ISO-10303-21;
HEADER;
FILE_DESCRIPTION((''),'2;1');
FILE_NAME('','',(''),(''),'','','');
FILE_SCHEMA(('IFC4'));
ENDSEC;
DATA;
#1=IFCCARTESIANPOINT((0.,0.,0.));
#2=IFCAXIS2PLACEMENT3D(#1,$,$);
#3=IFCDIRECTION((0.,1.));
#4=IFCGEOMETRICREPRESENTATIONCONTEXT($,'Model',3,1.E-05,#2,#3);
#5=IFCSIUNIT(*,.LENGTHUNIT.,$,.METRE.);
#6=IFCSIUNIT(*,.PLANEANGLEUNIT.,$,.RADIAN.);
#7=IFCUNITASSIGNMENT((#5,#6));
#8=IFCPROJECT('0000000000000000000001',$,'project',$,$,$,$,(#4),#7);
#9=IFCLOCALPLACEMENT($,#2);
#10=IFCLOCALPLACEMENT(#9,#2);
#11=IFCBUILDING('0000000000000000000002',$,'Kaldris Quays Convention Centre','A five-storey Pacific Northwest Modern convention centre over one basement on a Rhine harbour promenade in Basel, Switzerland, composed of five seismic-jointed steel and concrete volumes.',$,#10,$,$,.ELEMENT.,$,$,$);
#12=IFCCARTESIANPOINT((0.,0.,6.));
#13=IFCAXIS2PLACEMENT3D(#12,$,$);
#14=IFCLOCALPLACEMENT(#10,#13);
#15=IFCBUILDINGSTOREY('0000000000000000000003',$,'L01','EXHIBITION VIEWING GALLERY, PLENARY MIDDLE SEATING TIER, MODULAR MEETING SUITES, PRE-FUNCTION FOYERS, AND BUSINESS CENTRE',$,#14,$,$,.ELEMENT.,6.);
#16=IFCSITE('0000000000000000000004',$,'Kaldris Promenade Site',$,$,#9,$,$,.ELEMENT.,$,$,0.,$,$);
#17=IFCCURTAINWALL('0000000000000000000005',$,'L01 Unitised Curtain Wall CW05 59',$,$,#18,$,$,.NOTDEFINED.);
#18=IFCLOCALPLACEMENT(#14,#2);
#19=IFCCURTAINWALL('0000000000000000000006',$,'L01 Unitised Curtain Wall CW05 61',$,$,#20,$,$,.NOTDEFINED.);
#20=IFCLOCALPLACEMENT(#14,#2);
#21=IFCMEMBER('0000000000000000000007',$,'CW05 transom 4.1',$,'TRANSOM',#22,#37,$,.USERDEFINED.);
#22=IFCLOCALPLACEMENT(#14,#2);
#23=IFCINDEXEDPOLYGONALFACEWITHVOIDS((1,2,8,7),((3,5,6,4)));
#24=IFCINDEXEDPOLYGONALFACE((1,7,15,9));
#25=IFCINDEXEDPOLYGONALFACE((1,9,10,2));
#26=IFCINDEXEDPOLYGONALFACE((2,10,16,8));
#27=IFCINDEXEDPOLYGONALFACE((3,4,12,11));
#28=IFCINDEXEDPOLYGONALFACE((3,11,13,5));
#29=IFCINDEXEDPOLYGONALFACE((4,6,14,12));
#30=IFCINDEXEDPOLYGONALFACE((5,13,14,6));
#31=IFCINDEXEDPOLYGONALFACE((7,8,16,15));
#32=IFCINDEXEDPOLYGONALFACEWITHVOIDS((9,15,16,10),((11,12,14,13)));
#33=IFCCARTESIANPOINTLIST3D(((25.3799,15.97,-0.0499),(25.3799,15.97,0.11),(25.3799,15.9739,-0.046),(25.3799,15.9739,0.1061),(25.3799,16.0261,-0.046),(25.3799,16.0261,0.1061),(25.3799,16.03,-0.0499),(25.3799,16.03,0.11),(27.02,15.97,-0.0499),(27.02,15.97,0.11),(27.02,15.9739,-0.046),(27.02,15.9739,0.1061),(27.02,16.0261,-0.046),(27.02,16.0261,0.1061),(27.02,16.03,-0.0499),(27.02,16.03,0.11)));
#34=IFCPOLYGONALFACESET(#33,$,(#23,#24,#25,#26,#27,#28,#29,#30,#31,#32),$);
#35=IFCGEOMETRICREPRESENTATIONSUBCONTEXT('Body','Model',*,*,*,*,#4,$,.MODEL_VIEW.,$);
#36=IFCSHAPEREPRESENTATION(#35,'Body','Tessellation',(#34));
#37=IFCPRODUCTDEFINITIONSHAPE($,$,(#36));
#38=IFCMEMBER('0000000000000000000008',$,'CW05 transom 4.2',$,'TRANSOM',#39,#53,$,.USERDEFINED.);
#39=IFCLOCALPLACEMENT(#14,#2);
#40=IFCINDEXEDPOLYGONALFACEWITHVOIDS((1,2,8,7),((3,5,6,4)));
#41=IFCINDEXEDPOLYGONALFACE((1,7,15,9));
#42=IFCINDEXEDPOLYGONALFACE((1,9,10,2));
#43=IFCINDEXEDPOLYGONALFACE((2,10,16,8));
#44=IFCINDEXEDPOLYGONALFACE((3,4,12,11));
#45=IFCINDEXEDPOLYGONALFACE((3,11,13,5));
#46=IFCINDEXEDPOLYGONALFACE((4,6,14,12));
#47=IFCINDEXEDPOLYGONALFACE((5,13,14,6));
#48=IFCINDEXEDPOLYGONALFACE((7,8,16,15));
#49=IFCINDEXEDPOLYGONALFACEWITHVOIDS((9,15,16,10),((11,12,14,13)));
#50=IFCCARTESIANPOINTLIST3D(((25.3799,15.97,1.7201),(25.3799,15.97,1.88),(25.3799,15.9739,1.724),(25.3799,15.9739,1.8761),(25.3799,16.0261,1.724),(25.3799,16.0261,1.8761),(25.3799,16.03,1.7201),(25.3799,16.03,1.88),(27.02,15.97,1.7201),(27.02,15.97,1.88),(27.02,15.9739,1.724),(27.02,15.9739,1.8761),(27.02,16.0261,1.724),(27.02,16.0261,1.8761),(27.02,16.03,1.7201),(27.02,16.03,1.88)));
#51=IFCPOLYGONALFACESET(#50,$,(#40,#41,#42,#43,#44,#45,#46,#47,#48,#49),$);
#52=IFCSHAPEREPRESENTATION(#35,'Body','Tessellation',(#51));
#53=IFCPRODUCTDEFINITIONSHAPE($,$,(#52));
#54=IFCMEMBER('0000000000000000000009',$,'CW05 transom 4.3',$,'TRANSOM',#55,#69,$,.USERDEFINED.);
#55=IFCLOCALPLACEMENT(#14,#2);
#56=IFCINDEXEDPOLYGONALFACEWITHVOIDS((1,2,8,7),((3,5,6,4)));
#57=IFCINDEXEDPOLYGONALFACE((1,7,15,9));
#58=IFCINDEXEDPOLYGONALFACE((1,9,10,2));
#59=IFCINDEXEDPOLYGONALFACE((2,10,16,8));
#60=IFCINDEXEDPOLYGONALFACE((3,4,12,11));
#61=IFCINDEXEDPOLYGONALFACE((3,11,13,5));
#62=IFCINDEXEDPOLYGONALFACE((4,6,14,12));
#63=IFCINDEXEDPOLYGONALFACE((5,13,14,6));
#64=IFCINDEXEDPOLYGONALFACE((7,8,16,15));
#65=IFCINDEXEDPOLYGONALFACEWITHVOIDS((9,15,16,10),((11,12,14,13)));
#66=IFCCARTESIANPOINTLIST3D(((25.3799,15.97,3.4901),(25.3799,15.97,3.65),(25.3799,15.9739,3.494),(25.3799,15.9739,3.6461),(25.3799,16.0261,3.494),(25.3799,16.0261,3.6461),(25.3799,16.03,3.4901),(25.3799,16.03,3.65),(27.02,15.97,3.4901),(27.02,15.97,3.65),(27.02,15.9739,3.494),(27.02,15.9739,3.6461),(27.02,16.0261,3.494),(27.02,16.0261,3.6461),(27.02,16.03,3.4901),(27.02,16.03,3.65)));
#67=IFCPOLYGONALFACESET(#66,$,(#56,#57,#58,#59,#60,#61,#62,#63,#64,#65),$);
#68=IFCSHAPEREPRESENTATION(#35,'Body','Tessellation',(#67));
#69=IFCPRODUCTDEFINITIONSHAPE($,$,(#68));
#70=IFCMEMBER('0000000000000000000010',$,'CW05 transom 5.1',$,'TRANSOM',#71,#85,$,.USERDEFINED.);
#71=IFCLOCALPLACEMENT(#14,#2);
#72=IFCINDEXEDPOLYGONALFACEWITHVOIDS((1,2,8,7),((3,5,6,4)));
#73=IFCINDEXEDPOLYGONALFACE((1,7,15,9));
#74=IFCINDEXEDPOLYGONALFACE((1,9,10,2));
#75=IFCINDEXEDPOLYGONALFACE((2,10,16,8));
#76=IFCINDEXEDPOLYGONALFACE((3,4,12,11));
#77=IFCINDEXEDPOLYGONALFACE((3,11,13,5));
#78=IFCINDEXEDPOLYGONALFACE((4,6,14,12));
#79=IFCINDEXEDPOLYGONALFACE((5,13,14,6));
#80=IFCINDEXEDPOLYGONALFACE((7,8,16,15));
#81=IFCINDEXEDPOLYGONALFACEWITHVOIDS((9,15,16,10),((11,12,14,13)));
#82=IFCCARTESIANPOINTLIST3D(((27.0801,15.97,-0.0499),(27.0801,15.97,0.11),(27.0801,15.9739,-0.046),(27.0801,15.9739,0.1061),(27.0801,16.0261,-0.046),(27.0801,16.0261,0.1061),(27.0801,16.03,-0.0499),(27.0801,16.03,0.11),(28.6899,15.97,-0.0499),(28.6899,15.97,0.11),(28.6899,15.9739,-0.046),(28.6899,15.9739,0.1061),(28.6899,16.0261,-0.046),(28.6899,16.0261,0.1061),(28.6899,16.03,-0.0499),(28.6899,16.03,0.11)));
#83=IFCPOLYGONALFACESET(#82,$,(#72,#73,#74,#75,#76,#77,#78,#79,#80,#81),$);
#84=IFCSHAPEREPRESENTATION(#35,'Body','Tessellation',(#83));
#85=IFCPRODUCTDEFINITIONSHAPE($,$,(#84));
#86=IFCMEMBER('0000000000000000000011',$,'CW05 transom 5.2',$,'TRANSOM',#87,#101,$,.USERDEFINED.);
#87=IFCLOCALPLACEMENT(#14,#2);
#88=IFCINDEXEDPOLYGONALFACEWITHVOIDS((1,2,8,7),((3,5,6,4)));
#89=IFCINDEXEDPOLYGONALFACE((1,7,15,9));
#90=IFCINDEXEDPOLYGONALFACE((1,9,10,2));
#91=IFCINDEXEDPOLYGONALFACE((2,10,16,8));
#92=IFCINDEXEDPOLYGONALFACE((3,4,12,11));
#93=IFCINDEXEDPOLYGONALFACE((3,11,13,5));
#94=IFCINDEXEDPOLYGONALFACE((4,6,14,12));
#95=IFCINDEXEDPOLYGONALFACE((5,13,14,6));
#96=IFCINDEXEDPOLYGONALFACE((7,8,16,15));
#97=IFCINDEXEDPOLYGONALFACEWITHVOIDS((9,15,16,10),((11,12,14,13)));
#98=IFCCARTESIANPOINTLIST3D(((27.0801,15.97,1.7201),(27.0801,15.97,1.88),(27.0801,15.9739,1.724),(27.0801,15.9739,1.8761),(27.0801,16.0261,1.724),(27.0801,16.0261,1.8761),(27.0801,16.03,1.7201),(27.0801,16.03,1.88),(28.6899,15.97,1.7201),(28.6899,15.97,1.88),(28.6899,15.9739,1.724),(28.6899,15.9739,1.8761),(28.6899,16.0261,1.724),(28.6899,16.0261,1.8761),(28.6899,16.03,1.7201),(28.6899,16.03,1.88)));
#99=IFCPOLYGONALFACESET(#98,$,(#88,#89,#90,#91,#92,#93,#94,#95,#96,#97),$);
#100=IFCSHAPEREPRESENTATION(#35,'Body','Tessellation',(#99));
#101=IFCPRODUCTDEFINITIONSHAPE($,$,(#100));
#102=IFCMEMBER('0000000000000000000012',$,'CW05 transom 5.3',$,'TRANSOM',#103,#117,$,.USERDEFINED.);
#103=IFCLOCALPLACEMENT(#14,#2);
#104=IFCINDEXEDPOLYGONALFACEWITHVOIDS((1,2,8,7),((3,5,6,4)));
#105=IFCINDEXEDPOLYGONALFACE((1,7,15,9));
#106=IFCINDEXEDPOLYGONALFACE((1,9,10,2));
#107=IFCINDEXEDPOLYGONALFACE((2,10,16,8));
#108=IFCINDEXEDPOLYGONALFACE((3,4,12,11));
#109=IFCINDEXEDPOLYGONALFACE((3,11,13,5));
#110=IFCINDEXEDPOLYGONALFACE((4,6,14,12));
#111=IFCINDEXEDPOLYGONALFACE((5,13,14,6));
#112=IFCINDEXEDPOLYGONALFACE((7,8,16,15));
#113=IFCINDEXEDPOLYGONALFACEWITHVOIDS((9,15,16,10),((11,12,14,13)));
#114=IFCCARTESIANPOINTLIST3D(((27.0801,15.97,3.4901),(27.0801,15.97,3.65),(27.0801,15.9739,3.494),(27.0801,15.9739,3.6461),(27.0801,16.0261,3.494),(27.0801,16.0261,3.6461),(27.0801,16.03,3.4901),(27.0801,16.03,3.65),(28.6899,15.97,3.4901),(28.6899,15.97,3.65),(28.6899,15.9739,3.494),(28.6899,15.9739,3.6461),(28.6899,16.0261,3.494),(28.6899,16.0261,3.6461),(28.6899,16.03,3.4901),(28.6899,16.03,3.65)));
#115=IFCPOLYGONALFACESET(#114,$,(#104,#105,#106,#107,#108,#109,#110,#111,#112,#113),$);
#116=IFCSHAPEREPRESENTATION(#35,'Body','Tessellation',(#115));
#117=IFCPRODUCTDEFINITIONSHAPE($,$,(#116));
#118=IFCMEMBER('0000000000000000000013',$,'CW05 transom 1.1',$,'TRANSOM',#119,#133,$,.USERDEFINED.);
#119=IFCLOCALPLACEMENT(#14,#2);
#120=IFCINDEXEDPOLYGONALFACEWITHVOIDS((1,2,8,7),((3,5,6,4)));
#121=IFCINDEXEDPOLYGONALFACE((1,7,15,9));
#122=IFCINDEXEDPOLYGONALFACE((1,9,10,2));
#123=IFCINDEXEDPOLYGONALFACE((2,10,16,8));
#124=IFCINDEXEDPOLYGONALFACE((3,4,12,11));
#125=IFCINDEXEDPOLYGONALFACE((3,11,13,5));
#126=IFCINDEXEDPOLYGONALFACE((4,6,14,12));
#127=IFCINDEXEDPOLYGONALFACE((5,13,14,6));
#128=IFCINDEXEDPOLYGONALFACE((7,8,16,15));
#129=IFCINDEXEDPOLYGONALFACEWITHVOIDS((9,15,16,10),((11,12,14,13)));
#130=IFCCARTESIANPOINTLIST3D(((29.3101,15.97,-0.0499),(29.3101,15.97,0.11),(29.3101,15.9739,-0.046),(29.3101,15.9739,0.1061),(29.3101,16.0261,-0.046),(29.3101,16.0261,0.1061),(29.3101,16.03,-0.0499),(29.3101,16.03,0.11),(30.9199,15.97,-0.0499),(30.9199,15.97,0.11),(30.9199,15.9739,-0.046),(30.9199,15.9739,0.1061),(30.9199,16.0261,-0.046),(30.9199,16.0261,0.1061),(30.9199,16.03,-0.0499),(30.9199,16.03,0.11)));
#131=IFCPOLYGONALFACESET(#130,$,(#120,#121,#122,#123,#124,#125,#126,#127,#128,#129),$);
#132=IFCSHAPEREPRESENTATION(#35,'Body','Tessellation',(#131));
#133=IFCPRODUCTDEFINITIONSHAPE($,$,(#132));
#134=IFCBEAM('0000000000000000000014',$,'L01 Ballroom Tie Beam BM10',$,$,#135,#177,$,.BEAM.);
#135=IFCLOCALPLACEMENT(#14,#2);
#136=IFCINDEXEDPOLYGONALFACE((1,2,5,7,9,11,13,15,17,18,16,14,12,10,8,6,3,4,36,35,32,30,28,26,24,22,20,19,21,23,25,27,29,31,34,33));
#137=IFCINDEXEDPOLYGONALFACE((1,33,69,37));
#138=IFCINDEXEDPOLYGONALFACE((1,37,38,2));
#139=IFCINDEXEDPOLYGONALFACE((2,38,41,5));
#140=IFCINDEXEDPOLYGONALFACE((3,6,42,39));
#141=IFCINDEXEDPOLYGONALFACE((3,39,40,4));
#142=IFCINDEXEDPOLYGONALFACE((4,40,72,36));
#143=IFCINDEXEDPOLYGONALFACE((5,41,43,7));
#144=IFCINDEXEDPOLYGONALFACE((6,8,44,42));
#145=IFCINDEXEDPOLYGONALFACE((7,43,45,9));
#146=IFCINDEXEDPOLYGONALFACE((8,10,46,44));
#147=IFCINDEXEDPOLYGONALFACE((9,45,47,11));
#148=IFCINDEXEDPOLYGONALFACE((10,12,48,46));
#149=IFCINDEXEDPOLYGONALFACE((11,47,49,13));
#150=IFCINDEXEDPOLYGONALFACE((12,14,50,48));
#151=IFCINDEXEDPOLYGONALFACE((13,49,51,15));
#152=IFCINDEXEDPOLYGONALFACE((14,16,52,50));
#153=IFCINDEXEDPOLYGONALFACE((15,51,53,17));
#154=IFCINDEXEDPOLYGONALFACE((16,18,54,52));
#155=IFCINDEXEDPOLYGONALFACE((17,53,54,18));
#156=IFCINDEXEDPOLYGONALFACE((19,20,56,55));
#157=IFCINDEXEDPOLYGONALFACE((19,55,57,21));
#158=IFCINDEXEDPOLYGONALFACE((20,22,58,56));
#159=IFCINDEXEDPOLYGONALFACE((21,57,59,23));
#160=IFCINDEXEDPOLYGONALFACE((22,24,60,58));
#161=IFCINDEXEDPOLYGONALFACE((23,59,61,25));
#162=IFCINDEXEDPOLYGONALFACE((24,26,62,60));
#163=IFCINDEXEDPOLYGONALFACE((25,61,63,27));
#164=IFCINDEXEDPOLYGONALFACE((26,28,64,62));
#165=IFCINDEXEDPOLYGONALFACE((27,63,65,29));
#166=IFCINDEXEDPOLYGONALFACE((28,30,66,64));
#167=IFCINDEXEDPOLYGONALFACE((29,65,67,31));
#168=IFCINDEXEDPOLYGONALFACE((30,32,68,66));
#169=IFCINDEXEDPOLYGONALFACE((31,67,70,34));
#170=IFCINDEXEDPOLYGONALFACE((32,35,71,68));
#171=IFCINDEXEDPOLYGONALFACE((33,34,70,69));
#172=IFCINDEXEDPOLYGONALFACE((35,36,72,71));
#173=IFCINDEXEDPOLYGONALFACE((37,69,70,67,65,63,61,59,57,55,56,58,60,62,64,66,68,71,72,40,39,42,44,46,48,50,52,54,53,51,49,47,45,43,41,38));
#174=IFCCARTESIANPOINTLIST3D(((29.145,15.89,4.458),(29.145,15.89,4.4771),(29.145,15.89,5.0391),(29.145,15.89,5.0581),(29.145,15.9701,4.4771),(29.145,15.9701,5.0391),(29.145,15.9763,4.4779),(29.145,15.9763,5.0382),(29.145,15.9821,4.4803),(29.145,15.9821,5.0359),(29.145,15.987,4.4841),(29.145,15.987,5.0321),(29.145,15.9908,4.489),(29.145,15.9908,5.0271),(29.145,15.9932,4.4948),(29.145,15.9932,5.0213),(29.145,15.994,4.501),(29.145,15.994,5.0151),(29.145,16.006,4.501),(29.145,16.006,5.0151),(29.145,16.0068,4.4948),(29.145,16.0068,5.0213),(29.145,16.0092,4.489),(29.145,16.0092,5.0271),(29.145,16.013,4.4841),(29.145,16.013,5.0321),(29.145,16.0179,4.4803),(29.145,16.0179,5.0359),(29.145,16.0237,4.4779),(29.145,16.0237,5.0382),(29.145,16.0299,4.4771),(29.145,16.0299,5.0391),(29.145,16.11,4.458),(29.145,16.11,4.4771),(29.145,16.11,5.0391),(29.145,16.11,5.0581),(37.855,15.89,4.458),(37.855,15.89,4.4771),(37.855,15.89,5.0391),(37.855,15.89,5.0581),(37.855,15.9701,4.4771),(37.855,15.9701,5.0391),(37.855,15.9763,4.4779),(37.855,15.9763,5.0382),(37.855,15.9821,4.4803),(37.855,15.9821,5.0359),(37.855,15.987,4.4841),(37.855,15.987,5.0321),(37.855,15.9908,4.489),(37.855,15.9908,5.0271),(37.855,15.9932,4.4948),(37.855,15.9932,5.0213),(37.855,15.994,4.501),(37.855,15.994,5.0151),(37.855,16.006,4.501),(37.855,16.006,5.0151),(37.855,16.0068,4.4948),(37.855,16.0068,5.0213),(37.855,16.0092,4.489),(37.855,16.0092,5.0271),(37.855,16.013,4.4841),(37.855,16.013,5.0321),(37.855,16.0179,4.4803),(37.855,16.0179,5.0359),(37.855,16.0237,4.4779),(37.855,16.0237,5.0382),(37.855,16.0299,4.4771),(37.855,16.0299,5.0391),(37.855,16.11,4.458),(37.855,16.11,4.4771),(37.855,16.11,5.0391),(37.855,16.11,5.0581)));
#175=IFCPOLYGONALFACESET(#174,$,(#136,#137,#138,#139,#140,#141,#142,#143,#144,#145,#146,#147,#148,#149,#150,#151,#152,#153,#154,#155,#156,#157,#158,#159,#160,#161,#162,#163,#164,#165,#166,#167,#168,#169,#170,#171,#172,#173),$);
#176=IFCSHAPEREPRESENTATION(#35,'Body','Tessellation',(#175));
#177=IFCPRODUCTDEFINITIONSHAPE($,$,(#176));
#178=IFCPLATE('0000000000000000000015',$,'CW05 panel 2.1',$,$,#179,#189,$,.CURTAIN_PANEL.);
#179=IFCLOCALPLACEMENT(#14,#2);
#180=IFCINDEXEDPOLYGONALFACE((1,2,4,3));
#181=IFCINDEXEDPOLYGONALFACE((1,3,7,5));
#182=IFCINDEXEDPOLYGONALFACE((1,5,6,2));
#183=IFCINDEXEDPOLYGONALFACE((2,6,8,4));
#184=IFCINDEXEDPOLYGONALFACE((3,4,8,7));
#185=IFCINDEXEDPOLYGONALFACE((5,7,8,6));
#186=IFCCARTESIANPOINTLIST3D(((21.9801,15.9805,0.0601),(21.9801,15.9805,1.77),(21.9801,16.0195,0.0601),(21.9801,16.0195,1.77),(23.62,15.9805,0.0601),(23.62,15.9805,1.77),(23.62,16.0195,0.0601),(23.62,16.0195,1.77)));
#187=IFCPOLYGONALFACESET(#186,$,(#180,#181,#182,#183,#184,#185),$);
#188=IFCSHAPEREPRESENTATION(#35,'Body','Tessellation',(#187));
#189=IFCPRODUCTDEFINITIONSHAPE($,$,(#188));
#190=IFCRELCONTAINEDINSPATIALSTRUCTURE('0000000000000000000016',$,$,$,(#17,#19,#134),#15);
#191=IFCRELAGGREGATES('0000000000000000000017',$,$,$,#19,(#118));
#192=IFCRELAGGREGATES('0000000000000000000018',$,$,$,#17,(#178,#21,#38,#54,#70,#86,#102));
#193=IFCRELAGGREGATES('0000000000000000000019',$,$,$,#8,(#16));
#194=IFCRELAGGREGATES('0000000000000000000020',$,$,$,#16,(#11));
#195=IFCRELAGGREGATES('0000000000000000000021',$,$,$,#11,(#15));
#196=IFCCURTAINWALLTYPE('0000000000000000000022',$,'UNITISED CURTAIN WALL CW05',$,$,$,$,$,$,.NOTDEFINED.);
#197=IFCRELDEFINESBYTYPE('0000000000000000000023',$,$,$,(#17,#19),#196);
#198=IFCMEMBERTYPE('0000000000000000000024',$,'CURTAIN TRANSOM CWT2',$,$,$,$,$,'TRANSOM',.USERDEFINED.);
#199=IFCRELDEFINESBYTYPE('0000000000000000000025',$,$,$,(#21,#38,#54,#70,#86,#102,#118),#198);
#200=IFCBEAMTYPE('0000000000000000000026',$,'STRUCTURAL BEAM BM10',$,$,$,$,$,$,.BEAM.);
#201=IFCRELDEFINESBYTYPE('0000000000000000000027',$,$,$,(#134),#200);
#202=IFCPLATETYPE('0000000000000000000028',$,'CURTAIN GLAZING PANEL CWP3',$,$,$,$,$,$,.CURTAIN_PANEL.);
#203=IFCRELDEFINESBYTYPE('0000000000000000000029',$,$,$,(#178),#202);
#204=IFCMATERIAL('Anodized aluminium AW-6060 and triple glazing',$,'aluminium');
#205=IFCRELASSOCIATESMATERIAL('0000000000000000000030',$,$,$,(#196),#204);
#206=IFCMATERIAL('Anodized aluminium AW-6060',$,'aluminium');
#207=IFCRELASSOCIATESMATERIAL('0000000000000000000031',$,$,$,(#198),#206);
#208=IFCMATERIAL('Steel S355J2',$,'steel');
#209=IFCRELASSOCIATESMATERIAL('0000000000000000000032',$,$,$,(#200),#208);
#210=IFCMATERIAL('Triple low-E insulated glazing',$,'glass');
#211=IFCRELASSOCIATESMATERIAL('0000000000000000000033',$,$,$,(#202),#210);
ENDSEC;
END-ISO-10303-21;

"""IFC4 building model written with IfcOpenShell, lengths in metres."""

from ifc_helpers import new_model, si_unit, direction, frame, origin, origin_2d, place, context, subcontext, project, spatial, rectangle, hollow_rectangle, i_section, extrude, material, material_profile, profile_set, type_object, element, aggregate, save


model = new_model("IFC4")

# Units and contexts
model_context = context("Model", 3, precision=1e-05, world=origin(), true_north=direction((0.0, 1.0)))
body_context = subcontext(model_context, "Body", "Model", "MODEL_VIEW")
ifc_project = project(units=[si_unit("LENGTHUNIT", "METRE"), si_unit("PLANEANGLEUNIT", "RADIAN")], contexts=[model_context])

# Site, building, storey
site_placement = place(None, origin())
site = spatial("IfcSite", under=ifc_project, at=site_placement, Name="Kaldris Promenade Site", CompositionType="ELEMENT", RefElevation=0.0)
building_placement = place(site_placement, origin())
building = spatial("IfcBuilding", under=site, at=building_placement, Name="Kaldris Quays Convention Centre", Description="A five-storey Pacific Northwest Modern convention centre over one basement on a Rhine harbour promenade in Basel, Switzerland, composed of five seismic-jointed steel and concrete volumes.", CompositionType="ELEMENT")
storey_placement = place(building_placement, frame((0.0, 0.0, 6.0)))
storey = spatial("IfcBuildingStorey", under=building, at=storey_placement, Name="L01", Description="EXHIBITION VIEWING GALLERY, PLENARY MIDDLE SEATING TIER, MODULAR MEETING SUITES, PRE-FUNCTION FOYERS, AND BUSINESS CENTRE", CompositionType="ELEMENT", Elevation=6.0)

# Curtain wall
ifc_material_1 = material(Name="Anodized aluminium AW-6060 and triple glazing", Category="aluminium")
curtain_wall_type = type_object("IfcCurtainWallType", Name="UNITISED CURTAIN WALL CW05", PredefinedType="NOTDEFINED", material=ifc_material_1)
curtain_wall_1_placement = place(storey_placement, origin())
curtain_wall_1 = element("IfcCurtainWall", 1, at=curtain_wall_1_placement, inside=storey, type_object=curtain_wall_type, Name="L01 Unitised Curtain Wall CW05 59", PredefinedType="NOTDEFINED")
ifc_material_2 = material(Name="Anodized aluminium AW-6060", Category="aluminium")

# Curtain wall
curtain_wall_2_placement = place(storey_placement, origin())
curtain_wall_2 = element("IfcCurtainWall", 2, at=curtain_wall_2_placement, inside=storey, type_object=curtain_wall_type, Name="L01 Unitised Curtain Wall CW05 61", PredefinedType="NOTDEFINED")

# Members
ifc_material_profile_1 = material_profile(ifc_material_2, hollow_rectangle(XDim=0.0601, YDim=0.1599, WallThickness=0.0039, at=origin_2d()), Name="RHS 160x60x4")
ifc_profile_set_1 = profile_set([ifc_material_profile_1], Name="Anodized aluminium AW-6060")
member_type_1 = type_object("IfcMemberType", Name="CURTAIN TRANSOM CWT2", ElementType="TRANSOM", PredefinedType="USERDEFINED", material=ifc_profile_set_1)
member_1_placement = place(storey_placement, frame((25.3799, 16.0, 0.03), z_axis=(1.0, 0.0, 0.0), x_axis=(0.0, 1.0, 0.0)))
member_1 = element("IfcMember", 3, at=member_1_placement, type_object=member_type_1, Name="CW05 transom 4.1", ObjectType="TRANSOM", PredefinedType="USERDEFINED", context=body_context, shape_type="SweptSolid", body=[
    extrude(hollow_rectangle(XDim=0.0601, YDim=0.1599, WallThickness=0.0039, at=origin_2d()), origin(), (0.0, 0.0, 1.0), 1.6401),
])
member_2_placement = place(storey_placement, frame((25.3799, 16.0, 1.8), z_axis=(1.0, 0.0, 0.0), x_axis=(0.0, 1.0, 0.0)))
member_2 = element("IfcMember", 4, at=member_2_placement, type_object=member_type_1, Name="CW05 transom 4.2", ObjectType="TRANSOM", PredefinedType="USERDEFINED", context=body_context, shape_type="SweptSolid", body=[
    extrude(hollow_rectangle(XDim=0.0601, YDim=0.1599, WallThickness=0.0039, at=origin_2d()), origin(), (0.0, 0.0, 1.0), 1.6401),
])
member_3_placement = place(storey_placement, frame((25.3799, 16.0, 3.5701), z_axis=(1.0, 0.0, 0.0), x_axis=(0.0, 1.0, 0.0)))
member_3 = element("IfcMember", 5, at=member_3_placement, type_object=member_type_1, Name="CW05 transom 4.3", ObjectType="TRANSOM", PredefinedType="USERDEFINED", context=body_context, shape_type="SweptSolid", body=[
    extrude(hollow_rectangle(XDim=0.0601, YDim=0.1599, WallThickness=0.0039, at=origin_2d()), origin(), (0.0, 0.0, 1.0), 1.6401),
])
member_4_placement = place(storey_placement, frame((27.0801, 16.0, 0.03), z_axis=(1.0, 0.0, 0.0), x_axis=(0.0, 1.0, 0.0)))
member_4 = element("IfcMember", 6, at=member_4_placement, type_object=member_type_1, Name="CW05 transom 5.1", ObjectType="TRANSOM", PredefinedType="USERDEFINED", context=body_context, shape_type="SweptSolid", body=[
    extrude(hollow_rectangle(XDim=0.0601, YDim=0.1599, WallThickness=0.0039, at=origin_2d()), origin(), (0.0, 0.0, 1.0), 1.6099),
])
member_5_placement = place(storey_placement, frame((27.0801, 16.0, 1.8), z_axis=(1.0, 0.0, 0.0), x_axis=(0.0, 1.0, 0.0)))
member_5 = element("IfcMember", 7, at=member_5_placement, type_object=member_type_1, Name="CW05 transom 5.2", ObjectType="TRANSOM", PredefinedType="USERDEFINED", context=body_context, shape_type="SweptSolid", body=[
    extrude(hollow_rectangle(XDim=0.0601, YDim=0.1599, WallThickness=0.0039, at=origin_2d()), origin(), (0.0, 0.0, 1.0), 1.6099),
])
member_6_placement = place(storey_placement, frame((27.0801, 16.0, 3.5701), z_axis=(1.0, 0.0, 0.0), x_axis=(0.0, 1.0, 0.0)))
member_6 = element("IfcMember", 8, at=member_6_placement, type_object=member_type_1, Name="CW05 transom 5.3", ObjectType="TRANSOM", PredefinedType="USERDEFINED", context=body_context, shape_type="SweptSolid", body=[
    extrude(hollow_rectangle(XDim=0.0601, YDim=0.1599, WallThickness=0.0039, at=origin_2d()), origin(), (0.0, 0.0, 1.0), 1.6099),
])
member_7_placement = place(storey_placement, frame((29.3101, 16.0, 0.03), z_axis=(1.0, 0.0, 0.0), x_axis=(0.0, 1.0, 0.0)))
member_7 = element("IfcMember", 9, at=member_7_placement, type_object=member_type_1, Name="CW05 transom 1.1", ObjectType="TRANSOM", PredefinedType="USERDEFINED", context=body_context, shape_type="SweptSolid", body=[
    extrude(hollow_rectangle(XDim=0.0601, YDim=0.1599, WallThickness=0.0039, at=origin_2d()), origin(), (0.0, 0.0, 1.0), 1.6099),
])
aggregate(curtain_wall_2, [member_7])

# Beam
ifc_material_3 = material(Name="Steel S355J2", Category="steel")
ifc_material_profile_2 = material_profile(ifc_material_3, i_section(OverallWidth=0.22, OverallDepth=0.6001, WebThickness=0.012, FlangeThickness=0.019, FilletRadius=0.0239, at=origin_2d()), Name="IPE 600")
ifc_profile_set_2 = profile_set([ifc_material_profile_2], Name="Steel S355J2")
beam_type = type_object("IfcBeamType", Name="STRUCTURAL BEAM BM10", PredefinedType="BEAM", material=ifc_profile_set_2)
beam_placement = place(storey_placement, frame((29.145, 16.0, 4.7581), z_axis=(1.0, 0.0, 0.0), x_axis=(0.0, 1.0, 0.0)))
element("IfcBeam", 10, at=beam_placement, inside=storey, type_object=beam_type, Name="L01 Ballroom Tie Beam BM10", PredefinedType="BEAM", context=body_context, shape_type="SweptSolid", body=[
    extrude(i_section(OverallWidth=0.22, OverallDepth=0.6001, WebThickness=0.012, FlangeThickness=0.019, FilletRadius=0.0239, at=origin_2d()), origin(), (0.0, 0.0, 1.0), 8.71),
])

# Plate
ifc_material_4 = material(Name="Triple low-E insulated glazing", Category="glass")
plate_type = type_object("IfcPlateType", Name="CURTAIN GLAZING PANEL CWP3", PredefinedType="CURTAIN_PANEL", material=ifc_material_4)
plate_1_placement = place(storey_placement, frame((22.8, 16.0, 0.0601), z_axis=(0.0, 0.0, 1.0), x_axis=(1.0, 0.0, 0.0)))
plate_1 = element("IfcPlate", 11, at=plate_1_placement, type_object=plate_type, Name="CW05 panel 2.1", PredefinedType="CURTAIN_PANEL", context=body_context, shape_type="SweptSolid", body=[
    extrude(rectangle(XDim=1.6399, YDim=0.0391, at=origin_2d()), origin(), (0.0, 0.0, 1.0), 1.71),
])
aggregate(curtain_wall_1, [plate_1, member_1, member_2, member_3, member_4, member_5, member_6])

save(model, "model.ifc")
